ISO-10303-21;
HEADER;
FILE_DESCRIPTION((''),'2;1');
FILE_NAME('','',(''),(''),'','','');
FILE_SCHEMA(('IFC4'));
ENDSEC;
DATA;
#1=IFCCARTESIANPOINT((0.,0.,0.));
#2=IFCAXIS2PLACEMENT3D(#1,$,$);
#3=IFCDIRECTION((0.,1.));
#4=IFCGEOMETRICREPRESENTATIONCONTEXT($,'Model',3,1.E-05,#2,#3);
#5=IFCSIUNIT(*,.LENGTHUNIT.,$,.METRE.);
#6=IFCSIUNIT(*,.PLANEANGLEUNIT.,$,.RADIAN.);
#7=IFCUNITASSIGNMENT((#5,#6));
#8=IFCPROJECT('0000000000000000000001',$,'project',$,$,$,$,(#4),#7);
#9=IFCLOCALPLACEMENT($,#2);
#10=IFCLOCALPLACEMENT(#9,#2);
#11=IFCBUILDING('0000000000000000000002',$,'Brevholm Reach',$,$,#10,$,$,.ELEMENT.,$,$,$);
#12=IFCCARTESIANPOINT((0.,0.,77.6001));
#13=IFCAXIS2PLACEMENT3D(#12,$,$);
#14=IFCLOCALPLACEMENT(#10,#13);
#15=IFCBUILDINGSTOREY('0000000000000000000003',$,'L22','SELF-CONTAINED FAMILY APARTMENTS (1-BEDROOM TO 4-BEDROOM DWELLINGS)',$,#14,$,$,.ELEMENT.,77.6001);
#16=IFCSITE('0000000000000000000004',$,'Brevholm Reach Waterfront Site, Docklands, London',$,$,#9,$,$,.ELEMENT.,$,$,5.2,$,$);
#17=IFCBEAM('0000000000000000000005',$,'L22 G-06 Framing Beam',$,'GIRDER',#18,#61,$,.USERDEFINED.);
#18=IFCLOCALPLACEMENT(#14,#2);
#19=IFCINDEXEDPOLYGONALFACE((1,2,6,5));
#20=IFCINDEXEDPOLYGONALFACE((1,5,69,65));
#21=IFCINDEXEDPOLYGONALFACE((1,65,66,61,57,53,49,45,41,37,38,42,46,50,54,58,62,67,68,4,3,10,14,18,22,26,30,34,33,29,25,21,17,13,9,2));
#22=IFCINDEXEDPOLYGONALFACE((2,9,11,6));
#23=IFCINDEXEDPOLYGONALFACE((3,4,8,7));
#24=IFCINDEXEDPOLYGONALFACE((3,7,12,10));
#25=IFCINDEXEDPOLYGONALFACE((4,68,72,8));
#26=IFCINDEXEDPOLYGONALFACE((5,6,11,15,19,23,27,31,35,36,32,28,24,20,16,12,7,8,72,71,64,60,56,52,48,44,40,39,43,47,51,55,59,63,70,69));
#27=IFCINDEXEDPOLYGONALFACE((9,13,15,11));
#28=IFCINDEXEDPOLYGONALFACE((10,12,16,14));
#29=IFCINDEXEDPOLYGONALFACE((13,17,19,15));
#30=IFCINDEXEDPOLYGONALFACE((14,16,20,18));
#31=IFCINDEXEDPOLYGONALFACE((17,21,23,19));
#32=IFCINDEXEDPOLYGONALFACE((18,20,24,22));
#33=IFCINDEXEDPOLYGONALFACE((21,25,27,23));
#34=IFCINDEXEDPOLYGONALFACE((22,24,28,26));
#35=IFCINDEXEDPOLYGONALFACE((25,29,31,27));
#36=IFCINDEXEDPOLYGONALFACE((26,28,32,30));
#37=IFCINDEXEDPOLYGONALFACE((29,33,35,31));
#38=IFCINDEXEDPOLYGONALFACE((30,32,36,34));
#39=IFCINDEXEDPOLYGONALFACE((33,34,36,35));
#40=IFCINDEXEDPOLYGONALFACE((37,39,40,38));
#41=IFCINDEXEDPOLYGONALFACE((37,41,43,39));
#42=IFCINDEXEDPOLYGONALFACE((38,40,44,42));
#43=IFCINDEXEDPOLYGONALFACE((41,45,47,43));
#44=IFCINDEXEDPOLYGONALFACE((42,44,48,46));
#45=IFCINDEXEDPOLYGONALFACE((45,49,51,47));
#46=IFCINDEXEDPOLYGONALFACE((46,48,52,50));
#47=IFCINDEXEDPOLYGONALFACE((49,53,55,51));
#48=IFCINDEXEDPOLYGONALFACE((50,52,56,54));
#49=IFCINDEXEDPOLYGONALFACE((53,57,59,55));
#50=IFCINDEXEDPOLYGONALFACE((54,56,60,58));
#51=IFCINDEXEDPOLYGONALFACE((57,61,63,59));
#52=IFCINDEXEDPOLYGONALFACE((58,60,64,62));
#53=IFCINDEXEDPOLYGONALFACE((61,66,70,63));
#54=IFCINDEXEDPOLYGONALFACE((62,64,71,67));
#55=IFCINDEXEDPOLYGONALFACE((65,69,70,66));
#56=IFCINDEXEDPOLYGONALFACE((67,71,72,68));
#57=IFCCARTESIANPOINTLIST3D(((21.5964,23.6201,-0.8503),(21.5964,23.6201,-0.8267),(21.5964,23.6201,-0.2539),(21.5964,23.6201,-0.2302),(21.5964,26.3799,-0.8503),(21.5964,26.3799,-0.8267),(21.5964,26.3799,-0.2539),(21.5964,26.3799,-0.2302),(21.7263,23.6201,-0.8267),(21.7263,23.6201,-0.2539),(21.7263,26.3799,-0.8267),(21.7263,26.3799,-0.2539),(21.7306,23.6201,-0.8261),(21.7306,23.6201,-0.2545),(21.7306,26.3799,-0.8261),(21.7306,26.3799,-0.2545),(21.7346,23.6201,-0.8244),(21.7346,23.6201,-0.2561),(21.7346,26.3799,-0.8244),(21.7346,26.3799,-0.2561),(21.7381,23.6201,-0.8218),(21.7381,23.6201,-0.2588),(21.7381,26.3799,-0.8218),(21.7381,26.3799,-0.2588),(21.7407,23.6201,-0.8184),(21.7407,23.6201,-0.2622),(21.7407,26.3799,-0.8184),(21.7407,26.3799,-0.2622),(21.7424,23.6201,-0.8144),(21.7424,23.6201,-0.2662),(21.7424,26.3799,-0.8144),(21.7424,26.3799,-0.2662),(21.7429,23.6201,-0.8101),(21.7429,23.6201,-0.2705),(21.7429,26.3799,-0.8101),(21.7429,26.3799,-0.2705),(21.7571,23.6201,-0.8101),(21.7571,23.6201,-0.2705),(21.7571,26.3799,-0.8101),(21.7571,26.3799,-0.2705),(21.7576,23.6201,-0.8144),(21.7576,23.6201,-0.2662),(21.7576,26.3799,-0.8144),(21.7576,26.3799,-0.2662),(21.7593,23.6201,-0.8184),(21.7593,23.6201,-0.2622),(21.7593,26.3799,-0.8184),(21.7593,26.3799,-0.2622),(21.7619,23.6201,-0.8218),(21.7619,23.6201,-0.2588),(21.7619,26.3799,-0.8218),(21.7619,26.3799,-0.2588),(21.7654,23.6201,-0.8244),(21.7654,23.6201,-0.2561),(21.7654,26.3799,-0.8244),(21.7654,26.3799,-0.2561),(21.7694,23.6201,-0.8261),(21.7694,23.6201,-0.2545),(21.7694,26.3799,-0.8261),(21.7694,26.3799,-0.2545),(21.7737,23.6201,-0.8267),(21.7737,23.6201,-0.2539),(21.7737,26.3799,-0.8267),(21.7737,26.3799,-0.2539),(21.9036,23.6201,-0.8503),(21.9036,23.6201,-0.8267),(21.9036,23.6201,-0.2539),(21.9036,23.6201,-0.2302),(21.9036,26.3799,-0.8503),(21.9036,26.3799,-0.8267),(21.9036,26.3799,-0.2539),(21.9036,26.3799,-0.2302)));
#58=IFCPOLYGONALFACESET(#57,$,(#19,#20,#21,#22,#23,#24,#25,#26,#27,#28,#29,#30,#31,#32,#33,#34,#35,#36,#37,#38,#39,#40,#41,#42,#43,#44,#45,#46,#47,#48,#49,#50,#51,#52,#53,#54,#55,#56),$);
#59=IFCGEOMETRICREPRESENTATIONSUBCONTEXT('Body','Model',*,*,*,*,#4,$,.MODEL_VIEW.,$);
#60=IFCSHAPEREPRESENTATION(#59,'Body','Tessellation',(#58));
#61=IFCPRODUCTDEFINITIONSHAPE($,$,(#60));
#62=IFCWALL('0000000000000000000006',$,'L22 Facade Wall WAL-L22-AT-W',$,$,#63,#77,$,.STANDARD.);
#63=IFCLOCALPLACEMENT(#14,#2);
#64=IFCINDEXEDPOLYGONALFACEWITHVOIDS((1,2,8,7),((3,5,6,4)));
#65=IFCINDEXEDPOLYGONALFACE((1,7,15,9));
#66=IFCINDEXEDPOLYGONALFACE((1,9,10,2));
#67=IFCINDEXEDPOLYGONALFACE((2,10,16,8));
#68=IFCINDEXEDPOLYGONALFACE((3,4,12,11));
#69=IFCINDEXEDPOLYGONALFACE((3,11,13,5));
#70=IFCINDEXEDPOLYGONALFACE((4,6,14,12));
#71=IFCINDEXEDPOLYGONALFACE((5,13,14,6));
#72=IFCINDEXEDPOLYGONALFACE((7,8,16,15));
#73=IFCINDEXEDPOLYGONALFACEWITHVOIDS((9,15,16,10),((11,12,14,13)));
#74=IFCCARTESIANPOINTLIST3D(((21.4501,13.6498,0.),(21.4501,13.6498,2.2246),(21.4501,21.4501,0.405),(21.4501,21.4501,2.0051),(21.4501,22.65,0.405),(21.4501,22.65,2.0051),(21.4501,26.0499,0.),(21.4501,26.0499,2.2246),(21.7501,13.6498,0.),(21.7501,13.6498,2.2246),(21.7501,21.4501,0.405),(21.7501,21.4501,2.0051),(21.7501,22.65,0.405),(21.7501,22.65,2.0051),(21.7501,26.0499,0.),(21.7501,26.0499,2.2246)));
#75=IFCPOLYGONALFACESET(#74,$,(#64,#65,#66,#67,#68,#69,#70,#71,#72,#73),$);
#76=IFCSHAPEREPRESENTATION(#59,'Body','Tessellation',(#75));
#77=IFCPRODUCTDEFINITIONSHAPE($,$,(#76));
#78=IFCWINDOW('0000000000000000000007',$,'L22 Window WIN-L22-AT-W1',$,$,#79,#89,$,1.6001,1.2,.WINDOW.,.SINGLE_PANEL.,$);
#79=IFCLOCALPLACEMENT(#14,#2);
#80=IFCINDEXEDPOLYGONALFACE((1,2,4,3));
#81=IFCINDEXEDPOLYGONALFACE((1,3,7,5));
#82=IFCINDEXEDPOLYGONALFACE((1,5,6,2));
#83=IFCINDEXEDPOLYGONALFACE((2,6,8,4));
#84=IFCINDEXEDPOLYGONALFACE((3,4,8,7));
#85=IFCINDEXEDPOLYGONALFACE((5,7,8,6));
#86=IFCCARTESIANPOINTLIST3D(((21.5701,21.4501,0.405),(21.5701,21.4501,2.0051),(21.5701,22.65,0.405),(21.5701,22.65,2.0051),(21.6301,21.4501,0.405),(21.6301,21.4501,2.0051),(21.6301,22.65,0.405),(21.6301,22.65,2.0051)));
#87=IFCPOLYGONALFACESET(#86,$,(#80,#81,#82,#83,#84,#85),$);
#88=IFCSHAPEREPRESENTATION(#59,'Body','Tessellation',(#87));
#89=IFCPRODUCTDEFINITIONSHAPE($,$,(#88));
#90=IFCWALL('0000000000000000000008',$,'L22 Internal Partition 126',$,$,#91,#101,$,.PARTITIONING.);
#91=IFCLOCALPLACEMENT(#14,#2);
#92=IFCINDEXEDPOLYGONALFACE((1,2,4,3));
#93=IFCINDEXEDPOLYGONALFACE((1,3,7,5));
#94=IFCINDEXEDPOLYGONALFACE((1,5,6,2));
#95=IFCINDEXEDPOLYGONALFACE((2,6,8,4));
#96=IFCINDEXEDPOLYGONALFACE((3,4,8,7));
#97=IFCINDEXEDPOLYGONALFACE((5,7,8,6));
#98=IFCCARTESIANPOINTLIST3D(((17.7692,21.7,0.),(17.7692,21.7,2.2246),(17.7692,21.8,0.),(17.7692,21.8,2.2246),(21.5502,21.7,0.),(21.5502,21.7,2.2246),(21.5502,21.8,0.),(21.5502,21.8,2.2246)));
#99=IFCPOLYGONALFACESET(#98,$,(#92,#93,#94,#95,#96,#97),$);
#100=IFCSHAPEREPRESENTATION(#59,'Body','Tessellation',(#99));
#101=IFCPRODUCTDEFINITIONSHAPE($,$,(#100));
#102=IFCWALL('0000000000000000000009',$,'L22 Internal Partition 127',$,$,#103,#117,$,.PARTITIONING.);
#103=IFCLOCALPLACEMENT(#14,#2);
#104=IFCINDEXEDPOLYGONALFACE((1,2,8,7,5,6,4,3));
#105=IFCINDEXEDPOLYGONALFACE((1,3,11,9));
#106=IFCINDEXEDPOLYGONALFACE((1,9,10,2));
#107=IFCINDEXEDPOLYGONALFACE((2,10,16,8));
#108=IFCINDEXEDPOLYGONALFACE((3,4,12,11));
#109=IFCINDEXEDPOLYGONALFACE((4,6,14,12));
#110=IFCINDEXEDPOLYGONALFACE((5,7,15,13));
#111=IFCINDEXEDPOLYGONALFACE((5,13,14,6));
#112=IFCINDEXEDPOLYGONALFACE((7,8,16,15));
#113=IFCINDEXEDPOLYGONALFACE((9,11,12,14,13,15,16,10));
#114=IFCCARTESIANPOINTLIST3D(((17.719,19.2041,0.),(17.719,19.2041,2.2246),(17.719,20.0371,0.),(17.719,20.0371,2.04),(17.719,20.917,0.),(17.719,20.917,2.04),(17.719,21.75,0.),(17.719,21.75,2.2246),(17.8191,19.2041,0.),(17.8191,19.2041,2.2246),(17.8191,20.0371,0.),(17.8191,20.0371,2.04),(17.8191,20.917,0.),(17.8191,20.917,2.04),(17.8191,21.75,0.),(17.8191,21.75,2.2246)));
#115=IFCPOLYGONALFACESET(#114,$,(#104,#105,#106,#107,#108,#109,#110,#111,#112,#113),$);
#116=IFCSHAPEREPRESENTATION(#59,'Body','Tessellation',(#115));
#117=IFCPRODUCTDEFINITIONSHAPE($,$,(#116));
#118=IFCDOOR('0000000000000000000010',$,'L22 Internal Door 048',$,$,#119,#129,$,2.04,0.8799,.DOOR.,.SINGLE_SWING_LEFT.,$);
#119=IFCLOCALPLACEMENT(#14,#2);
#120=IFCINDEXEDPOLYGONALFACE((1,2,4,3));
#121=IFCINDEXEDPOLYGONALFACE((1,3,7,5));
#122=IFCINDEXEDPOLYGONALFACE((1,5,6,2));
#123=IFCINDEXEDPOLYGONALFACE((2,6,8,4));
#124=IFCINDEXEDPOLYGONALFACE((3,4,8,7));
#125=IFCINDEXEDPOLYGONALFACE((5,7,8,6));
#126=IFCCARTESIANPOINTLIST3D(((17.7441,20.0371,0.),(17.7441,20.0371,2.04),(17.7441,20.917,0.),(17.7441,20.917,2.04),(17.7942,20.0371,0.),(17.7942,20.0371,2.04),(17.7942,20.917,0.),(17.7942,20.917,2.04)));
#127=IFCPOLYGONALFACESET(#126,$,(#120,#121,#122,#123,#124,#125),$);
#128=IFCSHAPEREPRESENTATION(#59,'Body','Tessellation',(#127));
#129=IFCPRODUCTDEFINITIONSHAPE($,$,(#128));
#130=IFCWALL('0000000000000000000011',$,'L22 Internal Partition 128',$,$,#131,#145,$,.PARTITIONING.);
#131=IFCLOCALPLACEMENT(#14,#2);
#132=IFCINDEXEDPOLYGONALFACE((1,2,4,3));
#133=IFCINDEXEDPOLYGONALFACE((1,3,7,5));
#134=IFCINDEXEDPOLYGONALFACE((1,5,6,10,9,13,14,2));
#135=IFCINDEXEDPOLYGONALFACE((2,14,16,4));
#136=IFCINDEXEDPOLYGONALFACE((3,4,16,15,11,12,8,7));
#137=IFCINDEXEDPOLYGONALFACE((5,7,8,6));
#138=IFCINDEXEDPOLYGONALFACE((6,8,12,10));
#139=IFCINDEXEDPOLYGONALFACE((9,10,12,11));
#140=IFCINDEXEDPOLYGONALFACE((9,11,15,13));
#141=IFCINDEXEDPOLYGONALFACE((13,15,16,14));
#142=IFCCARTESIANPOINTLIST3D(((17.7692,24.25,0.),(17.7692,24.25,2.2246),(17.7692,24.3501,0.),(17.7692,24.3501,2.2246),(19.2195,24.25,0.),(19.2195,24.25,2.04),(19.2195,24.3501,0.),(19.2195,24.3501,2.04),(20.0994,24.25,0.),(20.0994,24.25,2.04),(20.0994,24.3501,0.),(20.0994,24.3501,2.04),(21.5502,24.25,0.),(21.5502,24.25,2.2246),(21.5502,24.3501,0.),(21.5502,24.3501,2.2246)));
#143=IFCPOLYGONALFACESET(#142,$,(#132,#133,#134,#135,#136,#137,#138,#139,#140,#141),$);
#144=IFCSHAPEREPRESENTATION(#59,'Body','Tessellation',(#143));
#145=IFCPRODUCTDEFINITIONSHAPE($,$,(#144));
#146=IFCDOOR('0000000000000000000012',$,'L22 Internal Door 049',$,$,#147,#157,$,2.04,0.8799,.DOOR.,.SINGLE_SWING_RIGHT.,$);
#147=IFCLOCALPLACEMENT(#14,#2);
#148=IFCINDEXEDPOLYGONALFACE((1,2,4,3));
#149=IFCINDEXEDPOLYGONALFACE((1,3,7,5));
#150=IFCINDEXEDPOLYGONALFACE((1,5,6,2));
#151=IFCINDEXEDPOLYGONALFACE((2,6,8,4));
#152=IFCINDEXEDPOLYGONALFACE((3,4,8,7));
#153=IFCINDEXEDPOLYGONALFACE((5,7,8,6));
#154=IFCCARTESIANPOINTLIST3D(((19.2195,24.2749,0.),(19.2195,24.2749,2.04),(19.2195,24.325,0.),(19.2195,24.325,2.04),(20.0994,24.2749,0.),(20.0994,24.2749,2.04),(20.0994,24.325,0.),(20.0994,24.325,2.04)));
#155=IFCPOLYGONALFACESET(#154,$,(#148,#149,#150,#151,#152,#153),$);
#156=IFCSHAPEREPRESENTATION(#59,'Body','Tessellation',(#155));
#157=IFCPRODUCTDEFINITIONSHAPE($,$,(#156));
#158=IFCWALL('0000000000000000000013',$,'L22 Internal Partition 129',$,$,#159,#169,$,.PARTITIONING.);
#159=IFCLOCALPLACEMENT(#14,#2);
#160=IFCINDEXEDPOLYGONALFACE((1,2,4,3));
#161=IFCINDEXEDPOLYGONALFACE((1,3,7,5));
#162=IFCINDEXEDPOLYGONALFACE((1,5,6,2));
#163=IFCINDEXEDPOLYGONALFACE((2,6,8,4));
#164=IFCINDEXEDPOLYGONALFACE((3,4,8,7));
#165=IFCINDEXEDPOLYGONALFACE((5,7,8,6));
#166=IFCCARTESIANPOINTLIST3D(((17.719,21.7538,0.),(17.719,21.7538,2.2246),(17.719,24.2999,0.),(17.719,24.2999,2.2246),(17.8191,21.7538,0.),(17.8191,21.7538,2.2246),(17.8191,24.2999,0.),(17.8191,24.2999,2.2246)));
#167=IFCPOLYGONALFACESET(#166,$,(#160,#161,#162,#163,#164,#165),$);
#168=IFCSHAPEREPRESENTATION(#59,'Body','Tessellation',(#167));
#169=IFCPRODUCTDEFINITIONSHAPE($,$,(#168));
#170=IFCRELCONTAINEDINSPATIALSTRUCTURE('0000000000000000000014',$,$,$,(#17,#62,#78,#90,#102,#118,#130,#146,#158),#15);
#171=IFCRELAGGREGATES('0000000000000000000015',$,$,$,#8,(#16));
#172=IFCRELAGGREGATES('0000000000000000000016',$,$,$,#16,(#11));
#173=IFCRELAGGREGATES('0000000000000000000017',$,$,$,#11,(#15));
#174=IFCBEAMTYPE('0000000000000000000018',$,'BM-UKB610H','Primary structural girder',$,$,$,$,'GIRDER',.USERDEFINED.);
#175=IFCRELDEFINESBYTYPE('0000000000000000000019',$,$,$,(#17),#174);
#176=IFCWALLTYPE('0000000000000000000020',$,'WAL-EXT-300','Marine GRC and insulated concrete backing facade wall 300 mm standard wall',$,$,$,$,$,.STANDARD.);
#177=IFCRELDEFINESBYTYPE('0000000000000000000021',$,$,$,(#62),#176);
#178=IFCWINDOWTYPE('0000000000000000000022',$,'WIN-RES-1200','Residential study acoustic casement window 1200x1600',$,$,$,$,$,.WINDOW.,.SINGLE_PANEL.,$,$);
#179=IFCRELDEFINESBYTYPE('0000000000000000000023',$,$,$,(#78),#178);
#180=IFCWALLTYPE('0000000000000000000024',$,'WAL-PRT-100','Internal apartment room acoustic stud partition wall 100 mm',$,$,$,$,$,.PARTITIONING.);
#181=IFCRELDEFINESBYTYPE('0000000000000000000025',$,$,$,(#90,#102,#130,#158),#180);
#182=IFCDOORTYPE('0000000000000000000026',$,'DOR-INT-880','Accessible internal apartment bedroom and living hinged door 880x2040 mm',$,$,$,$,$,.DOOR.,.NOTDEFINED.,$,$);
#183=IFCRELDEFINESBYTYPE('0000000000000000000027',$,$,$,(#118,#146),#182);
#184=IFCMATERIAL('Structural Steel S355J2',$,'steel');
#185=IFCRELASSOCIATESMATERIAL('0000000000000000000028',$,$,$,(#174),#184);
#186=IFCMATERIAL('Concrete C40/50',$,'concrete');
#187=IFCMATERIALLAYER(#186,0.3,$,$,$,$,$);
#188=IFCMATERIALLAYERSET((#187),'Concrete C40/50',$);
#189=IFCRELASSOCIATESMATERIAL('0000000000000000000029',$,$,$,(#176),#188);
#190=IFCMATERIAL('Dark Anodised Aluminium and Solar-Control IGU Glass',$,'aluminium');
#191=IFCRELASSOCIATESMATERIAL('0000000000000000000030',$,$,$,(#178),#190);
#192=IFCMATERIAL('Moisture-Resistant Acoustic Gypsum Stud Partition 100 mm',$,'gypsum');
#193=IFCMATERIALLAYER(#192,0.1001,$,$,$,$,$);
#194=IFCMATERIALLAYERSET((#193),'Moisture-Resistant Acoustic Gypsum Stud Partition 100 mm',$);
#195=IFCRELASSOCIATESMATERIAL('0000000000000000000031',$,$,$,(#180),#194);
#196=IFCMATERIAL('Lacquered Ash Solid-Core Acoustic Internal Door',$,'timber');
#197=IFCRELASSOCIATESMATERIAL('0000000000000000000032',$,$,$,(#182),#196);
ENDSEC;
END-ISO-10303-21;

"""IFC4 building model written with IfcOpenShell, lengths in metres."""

from ifc_helpers import new_model, si_unit, direction, frame, frame_2d, origin, origin_2d, place, context, subcontext, project, spatial, rectangle, i_section, extrude, material, layer, layer_set, material_profile, profile_set, type_object, element, fill, save


model = new_model("IFC4")

# Units and contexts
model_context = context("Model", 3, precision=1e-05, world=origin(), true_north=direction((0.0, 1.0)))
body_context = subcontext(model_context, "Body", "Model", "MODEL_VIEW")
ifc_project = project(units=[si_unit("LENGTHUNIT", "METRE"), si_unit("PLANEANGLEUNIT", "RADIAN")], contexts=[model_context])

# Site, building, storey
site_placement = place(None, origin())
site = spatial("IfcSite", under=ifc_project, at=site_placement, Name="Brevholm Reach Waterfront Site, Docklands, London", CompositionType="ELEMENT", RefElevation=5.2)
building_placement = place(site_placement, origin())
building = spatial("IfcBuilding", under=site, at=building_placement, Name="Brevholm Reach", CompositionType="ELEMENT")
storey_placement = place(building_placement, frame((0.0, 0.0, 77.6001)))
storey = spatial("IfcBuildingStorey", under=building, at=storey_placement, Name="L22", Description="SELF-CONTAINED FAMILY APARTMENTS (1-BEDROOM TO 4-BEDROOM DWELLINGS)", CompositionType="ELEMENT", Elevation=77.6001)

# Beam
ifc_material_1 = material(Name="Structural Steel S355J2", Category="steel")
ifc_material_profile_1 = material_profile(ifc_material_1, i_section(OverallWidth=0.3071, OverallDepth=0.6201, WebThickness=0.0142, FlangeThickness=0.0237, FilletRadius=0.0166, at=origin_2d()), Name="UKB 610x305x179")
ifc_profile_set_1 = profile_set([ifc_material_profile_1], Name="Structural Steel S355J2")
beam_type_1 = type_object("IfcBeamType", Name="BM-UKB610H", Description="Primary structural girder", ElementType="GIRDER", PredefinedType="USERDEFINED", material=ifc_profile_set_1)
beam_1_placement = place(storey_placement, frame((21.75, 23.6201, -0.5403), z_axis=(0.0, 1.0, 0.0), x_axis=(-1.0, 0.0, 0.0)))
element("IfcBeam", 1, at=beam_1_placement, inside=storey, type_object=beam_type_1, Name="L22 G-06 Framing Beam", ObjectType="GIRDER", PredefinedType="USERDEFINED", context=body_context, shape_type="SweptSolid", body=[
    extrude(i_section(OverallWidth=0.3071, OverallDepth=0.6201, WebThickness=0.0142, FlangeThickness=0.0237, FilletRadius=0.0166, at=origin_2d()), origin(), (0.0, 0.0, 1.0), 2.7598),
])

# Wall, opening, window
ifc_material_2 = material(Name="Concrete C40/50", Category="concrete")
ifc_layer_1 = layer(ifc_material_2, 0.3)
ifc_layer_set_1 = layer_set([ifc_layer_1], Name="Concrete C40/50")
wall_type_1 = type_object("IfcWallType", Name="WAL-EXT-300", Description="Marine GRC and insulated concrete backing facade wall 300 mm standard wall", PredefinedType="STANDARD", material=ifc_layer_set_1)
wall_1_placement = place(storey_placement, frame((21.6001, 26.05, 0.0), z_axis=(0.0, 0.0, 1.0), x_axis=(0.0, -1.0, 0.0)))
wall_1 = element("IfcWall", 2, at=wall_1_placement, inside=storey, type_object=wall_type_1, Name="L22 Facade Wall WAL-L22-AT-W", PredefinedType="STANDARD", context=body_context, shape_type="SweptSolid", body=[
    extrude(rectangle(XDim=12.4001, YDim=0.3, at=frame_2d((6.2002, 0.0))), origin(), (0.0, 0.0, 1.0), 2.2246),
])
opening_1_placement = place(wall_1_placement, frame((3.3999, 0.0, 0.405)))
opening_1 = element("IfcOpeningElement", 3, at=opening_1_placement, cuts=wall_1, PredefinedType="OPENING", context=body_context, shape_type="SweptSolid", body=[
    extrude(rectangle(XDim=1.2, YDim=1.6001, at=frame_2d((0.6001, 0.8))), frame((0.0, 0.1599, 0.0), z_axis=(0.0, -1.0, 0.0), x_axis=(1.0, 0.0, 0.0)), (0.0, 0.0, 1.0), 0.3201),
])
ifc_material_3 = material(Name="Dark Anodised Aluminium and Solar-Control IGU Glass", Category="aluminium")
window_type = type_object("IfcWindowType", Name="WIN-RES-1200", Description="Residential study acoustic casement window 1200x1600", PartitioningType="SINGLE_PANEL", PredefinedType="WINDOW", material=ifc_material_3)
window_placement = place(opening_1_placement, origin())
window = element("IfcWindow", 4, at=window_placement, inside=storey, type_object=window_type, Name="L22 Window WIN-L22-AT-W1", OverallHeight=1.6001, OverallWidth=1.2, PartitioningType="SINGLE_PANEL", PredefinedType="WINDOW", context=body_context, shape_type="SweptSolid", body=[
    extrude(rectangle(XDim=1.2, YDim=1.6001, at=frame_2d((0.6001, 0.8))), frame((0.0, 0.03, 0.0), z_axis=(0.0, -1.0, 0.0), x_axis=(1.0, 0.0, 0.0)), (0.0, 0.0, 1.0), 0.0601),
])
fill(opening_1, window)

# Wall
ifc_material_4 = material(Name="Moisture-Resistant Acoustic Gypsum Stud Partition 100 mm", Category="gypsum")
ifc_layer_2 = layer(ifc_material_4, 0.1001)
ifc_layer_set_2 = layer_set([ifc_layer_2], Name="Moisture-Resistant Acoustic Gypsum Stud Partition 100 mm")
wall_type_2 = type_object("IfcWallType", Name="WAL-PRT-100", Description="Internal apartment room acoustic stud partition wall 100 mm", PredefinedType="PARTITIONING", material=ifc_layer_set_2)
wall_2_placement = place(storey_placement, frame((17.769, 21.75, 0.0), z_axis=(0.0, 0.0, 1.0), x_axis=(1.0, 0.0, 0.0)))
element("IfcWall", 5, at=wall_2_placement, inside=storey, type_object=wall_type_2, Name="L22 Internal Partition 126", PredefinedType="PARTITIONING", context=body_context, shape_type="SweptSolid", body=[
    extrude(rectangle(XDim=3.781, YDim=0.1001, at=frame_2d((1.8906, 0.0))), origin(), (0.0, 0.0, 1.0), 2.2246),
])

# Walls, openings, doors
wall_3_placement = place(storey_placement, frame((17.769, 19.2041, 0.0), z_axis=(0.0, 0.0, 1.0), x_axis=(0.0, 1.0, 0.0)))
wall_3 = element("IfcWall", 6, at=wall_3_placement, inside=storey, type_object=wall_type_2, Name="L22 Internal Partition 127", PredefinedType="PARTITIONING", context=body_context, shape_type="SweptSolid", body=[
    extrude(rectangle(XDim=2.5459, YDim=0.1001, at=frame_2d((1.2729, 0.0))), origin(), (0.0, 0.0, 1.0), 2.2246),
])
opening_2_placement = place(wall_3_placement, frame((0.833, 0.0, 0.0)))
opening_2 = element("IfcOpeningElement", 7, at=opening_2_placement, cuts=wall_3, PredefinedType="OPENING", context=body_context, shape_type="SweptSolid", body=[
    extrude(rectangle(XDim=0.8799, YDim=2.04, at=frame_2d((0.4399, 1.02))), frame((0.0, 0.0601, 0.0), z_axis=(0.0, -1.0, 0.0), x_axis=(1.0, 0.0, 0.0)), (0.0, 0.0, 1.0), 0.1201),
])
ifc_material_5 = material(Name="Lacquered Ash Solid-Core Acoustic Internal Door", Category="timber")
door_type = type_object("IfcDoorType", Name="DOR-INT-880", Description="Accessible internal apartment bedroom and living hinged door 880x2040 mm", OperationType="NOTDEFINED", PredefinedType="DOOR", material=ifc_material_5)
door_1_placement = place(opening_2_placement, origin())
door_1 = element("IfcDoor", 8, at=door_1_placement, inside=storey, type_object=door_type, Name="L22 Internal Door 048", OperationType="SINGLE_SWING_LEFT", OverallHeight=2.04, OverallWidth=0.8799, PredefinedType="DOOR", context=body_context, shape_type="SweptSolid", body=[
    extrude(rectangle(XDim=0.8799, YDim=2.04, at=frame_2d((0.4399, 1.02))), frame((0.0, 0.0249, 0.0), z_axis=(0.0, -1.0, 0.0), x_axis=(1.0, 0.0, 0.0)), (0.0, 0.0, 1.0), 0.05),
])
fill(opening_2, door_1)
wall_4_placement = place(storey_placement, frame((17.769, 24.3, 0.0), z_axis=(0.0, 0.0, 1.0), x_axis=(1.0, 0.0, 0.0)))
wall_4 = element("IfcWall", 9, at=wall_4_placement, inside=storey, type_object=wall_type_2, Name="L22 Internal Partition 128", PredefinedType="PARTITIONING", context=body_context, shape_type="SweptSolid", body=[
    extrude(rectangle(XDim=3.781, YDim=0.1001, at=frame_2d((1.8906, 0.0))), origin(), (0.0, 0.0, 1.0), 2.2246),
])
opening_3_placement = place(wall_4_placement, frame((1.4504, 0.0, 0.0)))
opening_3 = element("IfcOpeningElement", 10, at=opening_3_placement, cuts=wall_4, PredefinedType="OPENING", context=body_context, shape_type="SweptSolid", body=[
    extrude(rectangle(XDim=0.8799, YDim=2.04, at=frame_2d((0.4399, 1.02))), frame((0.0, 0.0601, 0.0), z_axis=(0.0, -1.0, 0.0), x_axis=(1.0, 0.0, 0.0)), (0.0, 0.0, 1.0), 0.1201),
])
door_2_placement = place(opening_3_placement, origin())
door_2 = element("IfcDoor", 11, at=door_2_placement, inside=storey, type_object=door_type, Name="L22 Internal Door 049", OperationType="SINGLE_SWING_RIGHT", OverallHeight=2.04, OverallWidth=0.8799, PredefinedType="DOOR", context=body_context, shape_type="SweptSolid", body=[
    extrude(rectangle(XDim=0.8799, YDim=2.04, at=frame_2d((0.4399, 1.02))), frame((0.0, 0.0249, 0.0), z_axis=(0.0, -1.0, 0.0), x_axis=(1.0, 0.0, 0.0)), (0.0, 0.0, 1.0), 0.05),
])
fill(opening_3, door_2)

# Wall
wall_5_placement = place(storey_placement, frame((17.769, 21.7539, 0.0), z_axis=(0.0, 0.0, 1.0), x_axis=(0.0, 1.0, 0.0)))
element("IfcWall", 12, at=wall_5_placement, inside=storey, type_object=wall_type_2, Name="L22 Internal Partition 129", PredefinedType="PARTITIONING", context=body_context, shape_type="SweptSolid", body=[
    extrude(rectangle(XDim=2.5461, YDim=0.1001, at=frame_2d((1.2729, 0.0))), origin(), (0.0, 0.0, 1.0), 2.2246),
])

save(model, "model.ifc")
